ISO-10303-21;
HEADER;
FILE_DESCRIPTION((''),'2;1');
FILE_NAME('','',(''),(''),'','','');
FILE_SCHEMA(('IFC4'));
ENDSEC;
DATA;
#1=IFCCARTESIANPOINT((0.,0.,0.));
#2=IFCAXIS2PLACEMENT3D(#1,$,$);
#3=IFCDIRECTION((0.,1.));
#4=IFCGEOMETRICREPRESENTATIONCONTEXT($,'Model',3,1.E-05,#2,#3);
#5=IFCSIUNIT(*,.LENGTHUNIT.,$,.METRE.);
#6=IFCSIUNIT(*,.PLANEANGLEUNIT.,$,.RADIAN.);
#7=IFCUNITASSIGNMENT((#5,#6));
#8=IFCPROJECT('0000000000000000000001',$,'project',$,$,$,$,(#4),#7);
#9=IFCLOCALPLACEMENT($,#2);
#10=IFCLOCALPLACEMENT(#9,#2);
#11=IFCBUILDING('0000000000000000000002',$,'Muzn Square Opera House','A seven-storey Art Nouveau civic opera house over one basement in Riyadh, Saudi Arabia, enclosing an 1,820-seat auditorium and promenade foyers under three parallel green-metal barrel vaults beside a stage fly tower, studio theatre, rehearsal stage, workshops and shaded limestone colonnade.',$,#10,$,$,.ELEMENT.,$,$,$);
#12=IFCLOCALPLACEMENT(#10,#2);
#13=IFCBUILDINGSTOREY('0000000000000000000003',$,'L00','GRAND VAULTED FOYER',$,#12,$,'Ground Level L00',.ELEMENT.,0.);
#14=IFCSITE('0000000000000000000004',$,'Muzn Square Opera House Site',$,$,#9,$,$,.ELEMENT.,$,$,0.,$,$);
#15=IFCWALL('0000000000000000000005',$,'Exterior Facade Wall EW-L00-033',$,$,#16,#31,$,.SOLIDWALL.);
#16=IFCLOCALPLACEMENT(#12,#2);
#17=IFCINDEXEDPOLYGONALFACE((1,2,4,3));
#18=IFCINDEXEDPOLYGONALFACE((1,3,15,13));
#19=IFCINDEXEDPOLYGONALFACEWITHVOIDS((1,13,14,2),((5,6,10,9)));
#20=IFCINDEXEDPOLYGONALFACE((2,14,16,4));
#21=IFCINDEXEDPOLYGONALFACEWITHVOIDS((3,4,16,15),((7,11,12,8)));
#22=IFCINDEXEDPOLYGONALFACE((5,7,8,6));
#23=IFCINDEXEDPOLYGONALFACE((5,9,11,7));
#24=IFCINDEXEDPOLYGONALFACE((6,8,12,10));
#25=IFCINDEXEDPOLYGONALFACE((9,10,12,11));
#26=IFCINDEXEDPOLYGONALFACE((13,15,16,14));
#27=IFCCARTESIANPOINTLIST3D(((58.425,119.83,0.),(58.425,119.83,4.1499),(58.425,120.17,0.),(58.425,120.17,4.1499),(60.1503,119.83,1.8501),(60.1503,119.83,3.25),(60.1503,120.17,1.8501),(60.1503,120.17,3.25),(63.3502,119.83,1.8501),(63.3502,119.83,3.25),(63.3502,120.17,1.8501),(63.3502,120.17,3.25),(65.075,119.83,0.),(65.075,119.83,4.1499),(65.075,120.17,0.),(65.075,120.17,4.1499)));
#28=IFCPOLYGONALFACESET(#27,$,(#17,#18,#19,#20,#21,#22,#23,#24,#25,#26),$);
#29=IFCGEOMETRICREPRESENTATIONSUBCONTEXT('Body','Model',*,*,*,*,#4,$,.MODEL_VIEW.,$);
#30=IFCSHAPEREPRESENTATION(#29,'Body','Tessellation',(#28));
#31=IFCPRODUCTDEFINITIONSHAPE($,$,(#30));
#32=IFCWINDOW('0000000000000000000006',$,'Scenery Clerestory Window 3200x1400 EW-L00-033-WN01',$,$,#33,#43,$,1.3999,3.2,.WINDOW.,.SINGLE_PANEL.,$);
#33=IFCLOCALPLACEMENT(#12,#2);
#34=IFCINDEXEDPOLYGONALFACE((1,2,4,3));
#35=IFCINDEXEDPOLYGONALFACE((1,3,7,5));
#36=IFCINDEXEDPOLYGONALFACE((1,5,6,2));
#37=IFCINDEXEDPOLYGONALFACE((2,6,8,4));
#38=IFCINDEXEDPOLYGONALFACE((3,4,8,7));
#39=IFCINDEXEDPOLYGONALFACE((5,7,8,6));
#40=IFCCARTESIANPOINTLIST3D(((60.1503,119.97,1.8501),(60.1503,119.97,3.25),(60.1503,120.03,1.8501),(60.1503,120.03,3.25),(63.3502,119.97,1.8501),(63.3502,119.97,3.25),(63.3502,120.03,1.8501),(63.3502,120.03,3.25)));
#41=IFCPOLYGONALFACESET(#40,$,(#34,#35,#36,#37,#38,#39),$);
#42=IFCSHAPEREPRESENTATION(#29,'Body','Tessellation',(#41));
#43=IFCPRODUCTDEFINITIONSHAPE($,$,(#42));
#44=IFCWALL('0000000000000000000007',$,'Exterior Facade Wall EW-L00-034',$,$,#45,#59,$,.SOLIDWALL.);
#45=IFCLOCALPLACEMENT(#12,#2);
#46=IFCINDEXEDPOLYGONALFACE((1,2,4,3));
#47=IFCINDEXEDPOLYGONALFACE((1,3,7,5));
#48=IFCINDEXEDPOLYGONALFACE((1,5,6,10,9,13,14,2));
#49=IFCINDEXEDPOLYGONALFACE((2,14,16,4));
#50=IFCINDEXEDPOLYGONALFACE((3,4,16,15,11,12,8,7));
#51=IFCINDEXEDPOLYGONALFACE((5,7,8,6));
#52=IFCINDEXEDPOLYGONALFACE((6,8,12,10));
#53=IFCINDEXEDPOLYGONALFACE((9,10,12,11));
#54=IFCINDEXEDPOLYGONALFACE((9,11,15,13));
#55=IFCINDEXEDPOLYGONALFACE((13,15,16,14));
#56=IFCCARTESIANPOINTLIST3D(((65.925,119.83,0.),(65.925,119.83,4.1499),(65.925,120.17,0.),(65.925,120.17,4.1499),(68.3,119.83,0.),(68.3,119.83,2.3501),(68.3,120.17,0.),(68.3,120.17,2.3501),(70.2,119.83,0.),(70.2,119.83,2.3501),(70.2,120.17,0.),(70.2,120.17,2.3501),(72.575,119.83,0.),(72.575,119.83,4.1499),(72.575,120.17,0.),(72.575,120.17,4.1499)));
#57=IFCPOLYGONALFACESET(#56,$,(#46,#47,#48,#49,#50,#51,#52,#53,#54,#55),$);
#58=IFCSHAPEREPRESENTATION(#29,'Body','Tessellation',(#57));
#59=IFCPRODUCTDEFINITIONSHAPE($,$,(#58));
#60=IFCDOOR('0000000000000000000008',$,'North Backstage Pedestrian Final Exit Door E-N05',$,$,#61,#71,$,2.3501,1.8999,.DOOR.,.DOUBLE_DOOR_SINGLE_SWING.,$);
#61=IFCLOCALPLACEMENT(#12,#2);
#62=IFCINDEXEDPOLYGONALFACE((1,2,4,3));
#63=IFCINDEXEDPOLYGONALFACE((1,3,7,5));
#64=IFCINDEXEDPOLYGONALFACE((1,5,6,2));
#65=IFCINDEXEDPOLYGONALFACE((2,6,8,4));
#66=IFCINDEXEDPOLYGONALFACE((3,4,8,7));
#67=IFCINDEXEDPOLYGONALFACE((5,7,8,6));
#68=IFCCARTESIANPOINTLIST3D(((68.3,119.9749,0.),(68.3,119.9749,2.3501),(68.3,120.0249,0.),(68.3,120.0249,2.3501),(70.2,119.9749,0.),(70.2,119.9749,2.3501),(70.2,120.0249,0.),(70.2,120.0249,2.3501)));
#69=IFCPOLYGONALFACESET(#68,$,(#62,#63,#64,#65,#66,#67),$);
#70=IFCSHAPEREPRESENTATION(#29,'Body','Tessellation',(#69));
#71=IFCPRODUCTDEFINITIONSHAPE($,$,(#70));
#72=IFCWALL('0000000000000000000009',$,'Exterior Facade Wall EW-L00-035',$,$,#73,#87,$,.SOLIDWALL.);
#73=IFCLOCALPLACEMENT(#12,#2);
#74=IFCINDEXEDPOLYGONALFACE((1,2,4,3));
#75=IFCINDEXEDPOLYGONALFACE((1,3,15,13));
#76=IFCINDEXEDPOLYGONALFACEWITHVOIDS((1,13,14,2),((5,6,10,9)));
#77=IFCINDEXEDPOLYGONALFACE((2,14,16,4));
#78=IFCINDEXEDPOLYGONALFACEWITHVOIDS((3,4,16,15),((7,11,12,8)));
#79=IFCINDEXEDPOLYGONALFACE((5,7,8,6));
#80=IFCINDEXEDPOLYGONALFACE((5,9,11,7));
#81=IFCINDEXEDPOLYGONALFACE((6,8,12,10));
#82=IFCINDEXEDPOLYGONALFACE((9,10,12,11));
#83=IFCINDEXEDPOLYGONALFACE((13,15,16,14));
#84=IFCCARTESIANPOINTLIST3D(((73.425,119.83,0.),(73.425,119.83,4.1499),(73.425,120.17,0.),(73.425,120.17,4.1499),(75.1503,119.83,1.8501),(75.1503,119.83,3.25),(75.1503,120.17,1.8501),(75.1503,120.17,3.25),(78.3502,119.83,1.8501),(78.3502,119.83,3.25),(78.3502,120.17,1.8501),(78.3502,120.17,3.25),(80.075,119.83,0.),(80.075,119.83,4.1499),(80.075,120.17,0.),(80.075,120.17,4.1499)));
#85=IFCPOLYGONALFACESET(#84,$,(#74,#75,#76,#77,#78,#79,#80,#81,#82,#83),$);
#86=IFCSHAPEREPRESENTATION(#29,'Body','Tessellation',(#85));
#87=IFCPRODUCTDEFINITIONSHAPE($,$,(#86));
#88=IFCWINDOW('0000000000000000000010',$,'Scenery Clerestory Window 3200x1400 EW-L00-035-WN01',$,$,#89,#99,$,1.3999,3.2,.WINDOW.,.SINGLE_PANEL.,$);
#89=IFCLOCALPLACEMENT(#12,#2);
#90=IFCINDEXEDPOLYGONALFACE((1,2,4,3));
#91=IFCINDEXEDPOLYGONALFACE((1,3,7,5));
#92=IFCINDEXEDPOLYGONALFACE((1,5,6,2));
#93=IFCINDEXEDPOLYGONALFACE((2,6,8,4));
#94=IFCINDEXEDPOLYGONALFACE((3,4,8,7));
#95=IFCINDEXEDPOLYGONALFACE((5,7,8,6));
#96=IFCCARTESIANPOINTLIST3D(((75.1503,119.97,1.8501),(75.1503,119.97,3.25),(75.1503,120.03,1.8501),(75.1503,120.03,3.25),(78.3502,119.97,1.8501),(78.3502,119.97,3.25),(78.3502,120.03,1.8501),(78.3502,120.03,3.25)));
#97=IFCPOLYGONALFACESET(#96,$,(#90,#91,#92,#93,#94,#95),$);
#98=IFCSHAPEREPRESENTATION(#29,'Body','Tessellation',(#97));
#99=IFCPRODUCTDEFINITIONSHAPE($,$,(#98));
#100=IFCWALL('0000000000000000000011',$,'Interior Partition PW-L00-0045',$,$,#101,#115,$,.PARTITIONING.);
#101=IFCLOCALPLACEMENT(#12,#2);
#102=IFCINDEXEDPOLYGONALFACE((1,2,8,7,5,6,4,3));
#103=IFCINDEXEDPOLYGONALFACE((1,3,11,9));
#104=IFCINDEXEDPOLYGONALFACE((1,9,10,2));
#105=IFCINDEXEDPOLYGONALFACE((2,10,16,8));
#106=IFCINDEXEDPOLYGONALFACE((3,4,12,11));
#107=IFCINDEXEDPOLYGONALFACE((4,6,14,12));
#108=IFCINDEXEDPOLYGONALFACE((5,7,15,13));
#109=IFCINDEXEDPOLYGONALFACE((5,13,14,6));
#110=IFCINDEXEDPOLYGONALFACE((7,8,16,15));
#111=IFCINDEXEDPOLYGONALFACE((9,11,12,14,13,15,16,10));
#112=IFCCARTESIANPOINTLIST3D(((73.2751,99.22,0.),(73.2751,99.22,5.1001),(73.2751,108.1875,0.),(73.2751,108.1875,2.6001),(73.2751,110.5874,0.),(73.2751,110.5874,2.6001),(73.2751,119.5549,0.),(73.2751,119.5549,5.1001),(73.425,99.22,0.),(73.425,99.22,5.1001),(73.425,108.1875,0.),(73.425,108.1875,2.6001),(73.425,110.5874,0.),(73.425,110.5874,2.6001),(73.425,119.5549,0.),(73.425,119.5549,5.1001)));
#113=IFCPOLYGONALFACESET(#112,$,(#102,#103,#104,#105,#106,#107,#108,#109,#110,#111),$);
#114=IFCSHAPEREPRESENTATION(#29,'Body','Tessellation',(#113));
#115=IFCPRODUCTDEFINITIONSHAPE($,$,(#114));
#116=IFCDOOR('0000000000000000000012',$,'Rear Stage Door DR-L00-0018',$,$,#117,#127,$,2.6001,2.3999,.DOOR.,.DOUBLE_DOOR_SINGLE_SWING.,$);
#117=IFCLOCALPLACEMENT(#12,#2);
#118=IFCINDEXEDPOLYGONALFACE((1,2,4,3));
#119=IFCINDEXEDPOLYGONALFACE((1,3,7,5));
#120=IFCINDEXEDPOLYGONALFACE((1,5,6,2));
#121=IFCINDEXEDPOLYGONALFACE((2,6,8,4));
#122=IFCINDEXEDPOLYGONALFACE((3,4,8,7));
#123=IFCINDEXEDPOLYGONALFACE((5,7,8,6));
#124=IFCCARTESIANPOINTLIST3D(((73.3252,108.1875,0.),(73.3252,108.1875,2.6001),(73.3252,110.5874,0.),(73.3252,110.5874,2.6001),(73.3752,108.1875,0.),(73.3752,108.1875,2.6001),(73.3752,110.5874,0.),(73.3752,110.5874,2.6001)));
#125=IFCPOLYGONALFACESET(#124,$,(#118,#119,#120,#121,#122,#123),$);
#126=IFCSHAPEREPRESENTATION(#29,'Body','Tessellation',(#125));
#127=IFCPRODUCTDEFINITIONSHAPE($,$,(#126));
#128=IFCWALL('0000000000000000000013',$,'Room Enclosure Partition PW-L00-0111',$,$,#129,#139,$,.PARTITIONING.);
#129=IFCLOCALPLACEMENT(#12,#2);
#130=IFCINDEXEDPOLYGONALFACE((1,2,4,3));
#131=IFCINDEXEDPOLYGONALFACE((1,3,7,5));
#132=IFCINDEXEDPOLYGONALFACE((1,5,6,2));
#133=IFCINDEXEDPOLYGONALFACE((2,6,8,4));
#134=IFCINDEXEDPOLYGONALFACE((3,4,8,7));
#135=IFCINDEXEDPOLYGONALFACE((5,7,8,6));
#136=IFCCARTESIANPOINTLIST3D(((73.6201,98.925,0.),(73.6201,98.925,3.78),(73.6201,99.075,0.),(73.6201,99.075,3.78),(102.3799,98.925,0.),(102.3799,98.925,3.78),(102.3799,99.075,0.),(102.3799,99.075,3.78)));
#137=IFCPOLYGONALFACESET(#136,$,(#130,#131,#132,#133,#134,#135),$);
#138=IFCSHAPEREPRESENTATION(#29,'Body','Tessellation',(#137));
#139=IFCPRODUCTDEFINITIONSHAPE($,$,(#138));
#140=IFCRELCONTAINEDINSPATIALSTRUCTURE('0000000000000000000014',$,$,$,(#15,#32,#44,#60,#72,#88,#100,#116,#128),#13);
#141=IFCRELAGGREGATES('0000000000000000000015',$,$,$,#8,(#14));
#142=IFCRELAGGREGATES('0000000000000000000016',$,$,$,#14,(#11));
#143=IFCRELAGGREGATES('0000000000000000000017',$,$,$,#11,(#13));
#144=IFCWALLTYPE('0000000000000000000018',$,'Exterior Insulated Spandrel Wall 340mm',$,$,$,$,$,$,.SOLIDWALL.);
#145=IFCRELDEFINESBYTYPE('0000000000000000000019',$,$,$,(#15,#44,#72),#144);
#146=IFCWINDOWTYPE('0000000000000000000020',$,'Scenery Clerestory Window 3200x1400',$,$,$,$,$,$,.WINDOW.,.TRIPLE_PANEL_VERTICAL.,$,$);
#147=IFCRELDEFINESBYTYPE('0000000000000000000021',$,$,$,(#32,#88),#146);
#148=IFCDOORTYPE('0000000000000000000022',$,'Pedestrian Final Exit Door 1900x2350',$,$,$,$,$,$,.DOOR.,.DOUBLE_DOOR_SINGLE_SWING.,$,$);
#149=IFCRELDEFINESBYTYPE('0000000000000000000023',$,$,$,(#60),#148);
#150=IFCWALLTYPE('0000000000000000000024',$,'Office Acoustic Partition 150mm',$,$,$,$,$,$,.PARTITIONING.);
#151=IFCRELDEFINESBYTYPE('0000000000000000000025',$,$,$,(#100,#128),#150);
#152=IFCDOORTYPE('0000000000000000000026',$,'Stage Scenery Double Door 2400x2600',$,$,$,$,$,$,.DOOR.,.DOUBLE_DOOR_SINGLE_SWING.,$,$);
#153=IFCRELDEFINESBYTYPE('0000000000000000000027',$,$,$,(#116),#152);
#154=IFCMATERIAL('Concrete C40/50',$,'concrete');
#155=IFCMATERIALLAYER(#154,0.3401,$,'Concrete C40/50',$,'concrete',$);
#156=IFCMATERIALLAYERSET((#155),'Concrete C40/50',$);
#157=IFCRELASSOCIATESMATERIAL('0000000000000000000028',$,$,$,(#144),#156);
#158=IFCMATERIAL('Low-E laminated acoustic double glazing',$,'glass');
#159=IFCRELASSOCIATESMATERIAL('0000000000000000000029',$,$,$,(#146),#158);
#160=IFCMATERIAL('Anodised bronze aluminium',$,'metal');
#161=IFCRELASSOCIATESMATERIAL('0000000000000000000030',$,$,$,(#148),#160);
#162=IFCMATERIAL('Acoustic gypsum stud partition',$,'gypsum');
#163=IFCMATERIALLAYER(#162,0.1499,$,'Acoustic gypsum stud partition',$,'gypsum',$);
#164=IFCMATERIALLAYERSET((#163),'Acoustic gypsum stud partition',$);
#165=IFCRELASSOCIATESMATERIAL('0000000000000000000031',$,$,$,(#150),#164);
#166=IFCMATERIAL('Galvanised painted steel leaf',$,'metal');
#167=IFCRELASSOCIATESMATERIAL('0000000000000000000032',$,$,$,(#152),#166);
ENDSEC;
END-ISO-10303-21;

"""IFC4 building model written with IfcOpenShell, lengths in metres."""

from ifc_helpers import new_model, si_unit, direction, frame, frame_2d, origin, place, context, subcontext, project, spatial, rectangle, extrude, material, layer, layer_set, type_object, element, fill, save


model = new_model("IFC4")

# Units and contexts
model_context = context("Model", 3, precision=1e-05, world=origin(), true_north=direction((0.0, 1.0)))
body_context = subcontext(model_context, "Body", "Model", "MODEL_VIEW")
ifc_project = project(units=[si_unit("LENGTHUNIT", "METRE"), si_unit("PLANEANGLEUNIT", "RADIAN")], contexts=[model_context])

# Site, building, storey
site_placement = place(None, origin())
site = spatial("IfcSite", under=ifc_project, at=site_placement, Name="Muzn Square Opera House Site", CompositionType="ELEMENT", RefElevation=0.0)
building_placement = place(site_placement, origin())
building = spatial("IfcBuilding", under=site, at=building_placement, Name="Muzn Square Opera House", Description="A seven-storey Art Nouveau civic opera house over one basement in Riyadh, Saudi Arabia, enclosing an 1,820-seat auditorium and promenade foyers under three parallel green-metal barrel vaults beside a stage fly tower, studio theatre, rehearsal stage, workshops and shaded limestone colonnade.", CompositionType="ELEMENT")
storey_placement = place(building_placement, origin())
storey = spatial("IfcBuildingStorey", under=building, at=storey_placement, Name="L00", Description="GRAND VAULTED FOYER", LongName="Ground Level L00", CompositionType="ELEMENT", Elevation=0.0)

# Shared definitions
ifc_material_1 = material(Name="Concrete C40/50", Category="concrete")

# Wall, opening, window
ifc_layer_1 = layer(ifc_material_1, 0.3401, Name="Concrete C40/50", Category="concrete")
ifc_layer_set_1 = layer_set([ifc_layer_1], Name="Concrete C40/50")
wall_type_1 = type_object("IfcWallType", Name="Exterior Insulated Spandrel Wall 340mm", PredefinedType="SOLIDWALL", material=ifc_layer_set_1)
ifc_material_2 = material(Name="Low-E laminated acoustic double glazing", Category="glass")
window_type = type_object("IfcWindowType", Name="Scenery Clerestory Window 3200x1400", PartitioningType="TRIPLE_PANEL_VERTICAL", PredefinedType="WINDOW", material=ifc_material_2)
wall_1_placement = place(storey_placement, frame((58.425, 120.0, 0.0), z_axis=(0.0, 0.0, 1.0), x_axis=(1.0, 0.0, 0.0)))
wall_1 = element("IfcWall", 1, at=wall_1_placement, inside=storey, type_object=wall_type_1, Name="Exterior Facade Wall EW-L00-033", PredefinedType="SOLIDWALL", context=body_context, shape_type="SweptSolid", body=[
    extrude(rectangle(XDim=6.6499, YDim=0.3401, at=frame_2d((3.325, 0.0))), origin(), (0.0, 0.0, 1.0), 4.1499),
])
opening_1_placement = place(wall_1_placement, frame((1.7251, 0.0, 1.8501)))
opening_1 = element("IfcOpeningElement", 2, at=opening_1_placement, cuts=wall_1, PredefinedType="OPENING", context=body_context, shape_type="SweptSolid", body=[
    extrude(rectangle(XDim=3.2, YDim=1.3999, at=frame_2d((1.6001, 0.7))), frame((0.0, 0.1799, 0.0), z_axis=(0.0, -1.0, 0.0), x_axis=(1.0, 0.0, 0.0)), (0.0, 0.0, 1.0), 0.3601),
])
window_1_placement = place(opening_1_placement, origin())
window_1 = element("IfcWindow", 3, at=window_1_placement, inside=storey, type_object=window_type, Name="Scenery Clerestory Window 3200x1400 EW-L00-033-WN01", OverallHeight=1.3999, OverallWidth=3.2, PartitioningType="SINGLE_PANEL", PredefinedType="WINDOW", context=body_context, shape_type="SweptSolid", body=[
    extrude(rectangle(XDim=3.2, YDim=1.3999, at=frame_2d((1.6001, 0.7))), frame((0.0, 0.03, 0.0), z_axis=(0.0, -1.0, 0.0), x_axis=(1.0, 0.0, 0.0)), (0.0, 0.0, 1.0), 0.0601),
])
fill(opening_1, window_1)

# Wall, opening, door
wall_2_placement = place(storey_placement, frame((65.925, 120.0, 0.0), z_axis=(0.0, 0.0, 1.0), x_axis=(1.0, 0.0, 0.0)))
wall_2 = element("IfcWall", 4, at=wall_2_placement, inside=storey, type_object=wall_type_1, Name="Exterior Facade Wall EW-L00-034", PredefinedType="SOLIDWALL", context=body_context, shape_type="SweptSolid", body=[
    extrude(rectangle(XDim=6.6499, YDim=0.3401, at=frame_2d((3.325, 0.0))), origin(), (0.0, 0.0, 1.0), 4.1499),
])
opening_2_placement = place(wall_2_placement, frame((2.375, 0.0, 0.0)))
opening_2 = element("IfcOpeningElement", 5, at=opening_2_placement, cuts=wall_2, PredefinedType="OPENING", context=body_context, shape_type="SweptSolid", body=[
    extrude(rectangle(XDim=1.8999, YDim=2.3501, at=frame_2d((0.95, 1.175))), frame((0.0, 0.1799, 0.0), z_axis=(0.0, -1.0, 0.0), x_axis=(1.0, 0.0, 0.0)), (0.0, 0.0, 1.0), 0.3601),
])
ifc_material_3 = material(Name="Anodised bronze aluminium", Category="metal")
door_type_1 = type_object("IfcDoorType", Name="Pedestrian Final Exit Door 1900x2350", OperationType="DOUBLE_DOOR_SINGLE_SWING", PredefinedType="DOOR", material=ifc_material_3)
door_1_placement = place(opening_2_placement, origin())
door_1 = element("IfcDoor", 6, at=door_1_placement, inside=storey, type_object=door_type_1, Name="North Backstage Pedestrian Final Exit Door E-N05", OperationType="DOUBLE_DOOR_SINGLE_SWING", OverallHeight=2.3501, OverallWidth=1.8999, PredefinedType="DOOR", context=body_context, shape_type="SweptSolid", body=[
    extrude(rectangle(XDim=1.8999, YDim=2.3501, at=frame_2d((0.95, 1.175))), frame((0.0, 0.0249, 0.0), z_axis=(0.0, -1.0, 0.0), x_axis=(1.0, 0.0, 0.0)), (0.0, 0.0, 1.0), 0.05),
])
fill(opening_2, door_1)

# Wall, opening, window
wall_3_placement = place(storey_placement, frame((73.425, 120.0, 0.0), z_axis=(0.0, 0.0, 1.0), x_axis=(1.0, 0.0, 0.0)))
wall_3 = element("IfcWall", 7, at=wall_3_placement, inside=storey, type_object=wall_type_1, Name="Exterior Facade Wall EW-L00-035", PredefinedType="SOLIDWALL", context=body_context, shape_type="SweptSolid", body=[
    extrude(rectangle(XDim=6.6499, YDim=0.3401, at=frame_2d((3.325, 0.0))), origin(), (0.0, 0.0, 1.0), 4.1499),
])
opening_3_placement = place(wall_3_placement, frame((1.7251, 0.0, 1.8501)))
opening_3 = element("IfcOpeningElement", 8, at=opening_3_placement, cuts=wall_3, PredefinedType="OPENING", context=body_context, shape_type="SweptSolid", body=[
    extrude(rectangle(XDim=3.2, YDim=1.3999, at=frame_2d((1.6001, 0.7))), frame((0.0, 0.1799, 0.0), z_axis=(0.0, -1.0, 0.0), x_axis=(1.0, 0.0, 0.0)), (0.0, 0.0, 1.0), 0.3601),
])
window_2_placement = place(opening_3_placement, origin())
window_2 = element("IfcWindow", 9, at=window_2_placement, inside=storey, type_object=window_type, Name="Scenery Clerestory Window 3200x1400 EW-L00-035-WN01", OverallHeight=1.3999, OverallWidth=3.2, PartitioningType="SINGLE_PANEL", PredefinedType="WINDOW", context=body_context, shape_type="SweptSolid", body=[
    extrude(rectangle(XDim=3.2, YDim=1.3999, at=frame_2d((1.6001, 0.7))), frame((0.0, 0.03, 0.0), z_axis=(0.0, -1.0, 0.0), x_axis=(1.0, 0.0, 0.0)), (0.0, 0.0, 1.0), 0.0601),
])
fill(opening_3, window_2)

# Wall, opening, door
ifc_material_4 = material(Name="Acoustic gypsum stud partition", Category="gypsum")
ifc_layer_2 = layer(ifc_material_4, 0.1499, Name="Acoustic gypsum stud partition", Category="gypsum")
ifc_layer_set_2 = layer_set([ifc_layer_2], Name="Acoustic gypsum stud partition")
wall_type_2 = type_object("IfcWallType", Name="Office Acoustic Partition 150mm", PredefinedType="PARTITIONING", material=ifc_layer_set_2)
wall_4_placement = place(storey_placement, frame((73.3501, 99.22, 0.0), z_axis=(0.0, 0.0, 1.0), x_axis=(0.0, 1.0, 0.0)))
wall_4 = element("IfcWall", 10, at=wall_4_placement, inside=storey, type_object=wall_type_2, Name="Interior Partition PW-L00-0045", PredefinedType="PARTITIONING", context=body_context, shape_type="SweptSolid", body=[
    extrude(rectangle(XDim=20.335, YDim=0.1499, at=frame_2d((10.1675, 0.0))), origin(), (0.0, 0.0, 1.0), 5.1001),
])
opening_4_placement = place(wall_4_placement, frame((8.9675, 0.0, 0.0)))
opening_4 = element("IfcOpeningElement", 11, at=opening_4_placement, cuts=wall_4, PredefinedType="OPENING", context=body_context, shape_type="SweptSolid", body=[
    extrude(rectangle(XDim=2.3999, YDim=2.6001, at=frame_2d((1.2, 1.3))), frame((0.0, 0.085, 0.0), z_axis=(0.0, -1.0, 0.0), x_axis=(1.0, 0.0, 0.0)), (0.0, 0.0, 1.0), 0.1699),
])
ifc_material_5 = material(Name="Galvanised painted steel leaf", Category="metal")
door_type_2 = type_object("IfcDoorType", Name="Stage Scenery Double Door 2400x2600", OperationType="DOUBLE_DOOR_SINGLE_SWING", PredefinedType="DOOR", material=ifc_material_5)
door_2_placement = place(opening_4_placement, origin())
door_2 = element("IfcDoor", 12, at=door_2_placement, inside=storey, type_object=door_type_2, Name="Rear Stage Door DR-L00-0018", OperationType="DOUBLE_DOOR_SINGLE_SWING", OverallHeight=2.6001, OverallWidth=2.3999, PredefinedType="DOOR", context=body_context, shape_type="SweptSolid", body=[
    extrude(rectangle(XDim=2.3999, YDim=2.6001, at=frame_2d((1.2, 1.3))), frame((0.0, 0.0249, 0.0), z_axis=(0.0, -1.0, 0.0), x_axis=(1.0, 0.0, 0.0)), (0.0, 0.0, 1.0), 0.05),
])
fill(opening_4, door_2)

# Wall
wall_5_placement = place(storey_placement, frame((73.6201, 99.0, 0.0), z_axis=(0.0, 0.0, 1.0), x_axis=(1.0, 0.0, 0.0)))
element("IfcWall", 13, at=wall_5_placement, inside=storey, type_object=wall_type_2, Name="Room Enclosure Partition PW-L00-0111", PredefinedType="PARTITIONING", context=body_context, shape_type="SweptSolid", body=[
    extrude(rectangle(XDim=28.7598, YDim=0.1499, at=frame_2d((14.3799, 0.0))), origin(), (0.0, 0.0, 1.0), 3.78),
])

save(model, "model.ifc")
